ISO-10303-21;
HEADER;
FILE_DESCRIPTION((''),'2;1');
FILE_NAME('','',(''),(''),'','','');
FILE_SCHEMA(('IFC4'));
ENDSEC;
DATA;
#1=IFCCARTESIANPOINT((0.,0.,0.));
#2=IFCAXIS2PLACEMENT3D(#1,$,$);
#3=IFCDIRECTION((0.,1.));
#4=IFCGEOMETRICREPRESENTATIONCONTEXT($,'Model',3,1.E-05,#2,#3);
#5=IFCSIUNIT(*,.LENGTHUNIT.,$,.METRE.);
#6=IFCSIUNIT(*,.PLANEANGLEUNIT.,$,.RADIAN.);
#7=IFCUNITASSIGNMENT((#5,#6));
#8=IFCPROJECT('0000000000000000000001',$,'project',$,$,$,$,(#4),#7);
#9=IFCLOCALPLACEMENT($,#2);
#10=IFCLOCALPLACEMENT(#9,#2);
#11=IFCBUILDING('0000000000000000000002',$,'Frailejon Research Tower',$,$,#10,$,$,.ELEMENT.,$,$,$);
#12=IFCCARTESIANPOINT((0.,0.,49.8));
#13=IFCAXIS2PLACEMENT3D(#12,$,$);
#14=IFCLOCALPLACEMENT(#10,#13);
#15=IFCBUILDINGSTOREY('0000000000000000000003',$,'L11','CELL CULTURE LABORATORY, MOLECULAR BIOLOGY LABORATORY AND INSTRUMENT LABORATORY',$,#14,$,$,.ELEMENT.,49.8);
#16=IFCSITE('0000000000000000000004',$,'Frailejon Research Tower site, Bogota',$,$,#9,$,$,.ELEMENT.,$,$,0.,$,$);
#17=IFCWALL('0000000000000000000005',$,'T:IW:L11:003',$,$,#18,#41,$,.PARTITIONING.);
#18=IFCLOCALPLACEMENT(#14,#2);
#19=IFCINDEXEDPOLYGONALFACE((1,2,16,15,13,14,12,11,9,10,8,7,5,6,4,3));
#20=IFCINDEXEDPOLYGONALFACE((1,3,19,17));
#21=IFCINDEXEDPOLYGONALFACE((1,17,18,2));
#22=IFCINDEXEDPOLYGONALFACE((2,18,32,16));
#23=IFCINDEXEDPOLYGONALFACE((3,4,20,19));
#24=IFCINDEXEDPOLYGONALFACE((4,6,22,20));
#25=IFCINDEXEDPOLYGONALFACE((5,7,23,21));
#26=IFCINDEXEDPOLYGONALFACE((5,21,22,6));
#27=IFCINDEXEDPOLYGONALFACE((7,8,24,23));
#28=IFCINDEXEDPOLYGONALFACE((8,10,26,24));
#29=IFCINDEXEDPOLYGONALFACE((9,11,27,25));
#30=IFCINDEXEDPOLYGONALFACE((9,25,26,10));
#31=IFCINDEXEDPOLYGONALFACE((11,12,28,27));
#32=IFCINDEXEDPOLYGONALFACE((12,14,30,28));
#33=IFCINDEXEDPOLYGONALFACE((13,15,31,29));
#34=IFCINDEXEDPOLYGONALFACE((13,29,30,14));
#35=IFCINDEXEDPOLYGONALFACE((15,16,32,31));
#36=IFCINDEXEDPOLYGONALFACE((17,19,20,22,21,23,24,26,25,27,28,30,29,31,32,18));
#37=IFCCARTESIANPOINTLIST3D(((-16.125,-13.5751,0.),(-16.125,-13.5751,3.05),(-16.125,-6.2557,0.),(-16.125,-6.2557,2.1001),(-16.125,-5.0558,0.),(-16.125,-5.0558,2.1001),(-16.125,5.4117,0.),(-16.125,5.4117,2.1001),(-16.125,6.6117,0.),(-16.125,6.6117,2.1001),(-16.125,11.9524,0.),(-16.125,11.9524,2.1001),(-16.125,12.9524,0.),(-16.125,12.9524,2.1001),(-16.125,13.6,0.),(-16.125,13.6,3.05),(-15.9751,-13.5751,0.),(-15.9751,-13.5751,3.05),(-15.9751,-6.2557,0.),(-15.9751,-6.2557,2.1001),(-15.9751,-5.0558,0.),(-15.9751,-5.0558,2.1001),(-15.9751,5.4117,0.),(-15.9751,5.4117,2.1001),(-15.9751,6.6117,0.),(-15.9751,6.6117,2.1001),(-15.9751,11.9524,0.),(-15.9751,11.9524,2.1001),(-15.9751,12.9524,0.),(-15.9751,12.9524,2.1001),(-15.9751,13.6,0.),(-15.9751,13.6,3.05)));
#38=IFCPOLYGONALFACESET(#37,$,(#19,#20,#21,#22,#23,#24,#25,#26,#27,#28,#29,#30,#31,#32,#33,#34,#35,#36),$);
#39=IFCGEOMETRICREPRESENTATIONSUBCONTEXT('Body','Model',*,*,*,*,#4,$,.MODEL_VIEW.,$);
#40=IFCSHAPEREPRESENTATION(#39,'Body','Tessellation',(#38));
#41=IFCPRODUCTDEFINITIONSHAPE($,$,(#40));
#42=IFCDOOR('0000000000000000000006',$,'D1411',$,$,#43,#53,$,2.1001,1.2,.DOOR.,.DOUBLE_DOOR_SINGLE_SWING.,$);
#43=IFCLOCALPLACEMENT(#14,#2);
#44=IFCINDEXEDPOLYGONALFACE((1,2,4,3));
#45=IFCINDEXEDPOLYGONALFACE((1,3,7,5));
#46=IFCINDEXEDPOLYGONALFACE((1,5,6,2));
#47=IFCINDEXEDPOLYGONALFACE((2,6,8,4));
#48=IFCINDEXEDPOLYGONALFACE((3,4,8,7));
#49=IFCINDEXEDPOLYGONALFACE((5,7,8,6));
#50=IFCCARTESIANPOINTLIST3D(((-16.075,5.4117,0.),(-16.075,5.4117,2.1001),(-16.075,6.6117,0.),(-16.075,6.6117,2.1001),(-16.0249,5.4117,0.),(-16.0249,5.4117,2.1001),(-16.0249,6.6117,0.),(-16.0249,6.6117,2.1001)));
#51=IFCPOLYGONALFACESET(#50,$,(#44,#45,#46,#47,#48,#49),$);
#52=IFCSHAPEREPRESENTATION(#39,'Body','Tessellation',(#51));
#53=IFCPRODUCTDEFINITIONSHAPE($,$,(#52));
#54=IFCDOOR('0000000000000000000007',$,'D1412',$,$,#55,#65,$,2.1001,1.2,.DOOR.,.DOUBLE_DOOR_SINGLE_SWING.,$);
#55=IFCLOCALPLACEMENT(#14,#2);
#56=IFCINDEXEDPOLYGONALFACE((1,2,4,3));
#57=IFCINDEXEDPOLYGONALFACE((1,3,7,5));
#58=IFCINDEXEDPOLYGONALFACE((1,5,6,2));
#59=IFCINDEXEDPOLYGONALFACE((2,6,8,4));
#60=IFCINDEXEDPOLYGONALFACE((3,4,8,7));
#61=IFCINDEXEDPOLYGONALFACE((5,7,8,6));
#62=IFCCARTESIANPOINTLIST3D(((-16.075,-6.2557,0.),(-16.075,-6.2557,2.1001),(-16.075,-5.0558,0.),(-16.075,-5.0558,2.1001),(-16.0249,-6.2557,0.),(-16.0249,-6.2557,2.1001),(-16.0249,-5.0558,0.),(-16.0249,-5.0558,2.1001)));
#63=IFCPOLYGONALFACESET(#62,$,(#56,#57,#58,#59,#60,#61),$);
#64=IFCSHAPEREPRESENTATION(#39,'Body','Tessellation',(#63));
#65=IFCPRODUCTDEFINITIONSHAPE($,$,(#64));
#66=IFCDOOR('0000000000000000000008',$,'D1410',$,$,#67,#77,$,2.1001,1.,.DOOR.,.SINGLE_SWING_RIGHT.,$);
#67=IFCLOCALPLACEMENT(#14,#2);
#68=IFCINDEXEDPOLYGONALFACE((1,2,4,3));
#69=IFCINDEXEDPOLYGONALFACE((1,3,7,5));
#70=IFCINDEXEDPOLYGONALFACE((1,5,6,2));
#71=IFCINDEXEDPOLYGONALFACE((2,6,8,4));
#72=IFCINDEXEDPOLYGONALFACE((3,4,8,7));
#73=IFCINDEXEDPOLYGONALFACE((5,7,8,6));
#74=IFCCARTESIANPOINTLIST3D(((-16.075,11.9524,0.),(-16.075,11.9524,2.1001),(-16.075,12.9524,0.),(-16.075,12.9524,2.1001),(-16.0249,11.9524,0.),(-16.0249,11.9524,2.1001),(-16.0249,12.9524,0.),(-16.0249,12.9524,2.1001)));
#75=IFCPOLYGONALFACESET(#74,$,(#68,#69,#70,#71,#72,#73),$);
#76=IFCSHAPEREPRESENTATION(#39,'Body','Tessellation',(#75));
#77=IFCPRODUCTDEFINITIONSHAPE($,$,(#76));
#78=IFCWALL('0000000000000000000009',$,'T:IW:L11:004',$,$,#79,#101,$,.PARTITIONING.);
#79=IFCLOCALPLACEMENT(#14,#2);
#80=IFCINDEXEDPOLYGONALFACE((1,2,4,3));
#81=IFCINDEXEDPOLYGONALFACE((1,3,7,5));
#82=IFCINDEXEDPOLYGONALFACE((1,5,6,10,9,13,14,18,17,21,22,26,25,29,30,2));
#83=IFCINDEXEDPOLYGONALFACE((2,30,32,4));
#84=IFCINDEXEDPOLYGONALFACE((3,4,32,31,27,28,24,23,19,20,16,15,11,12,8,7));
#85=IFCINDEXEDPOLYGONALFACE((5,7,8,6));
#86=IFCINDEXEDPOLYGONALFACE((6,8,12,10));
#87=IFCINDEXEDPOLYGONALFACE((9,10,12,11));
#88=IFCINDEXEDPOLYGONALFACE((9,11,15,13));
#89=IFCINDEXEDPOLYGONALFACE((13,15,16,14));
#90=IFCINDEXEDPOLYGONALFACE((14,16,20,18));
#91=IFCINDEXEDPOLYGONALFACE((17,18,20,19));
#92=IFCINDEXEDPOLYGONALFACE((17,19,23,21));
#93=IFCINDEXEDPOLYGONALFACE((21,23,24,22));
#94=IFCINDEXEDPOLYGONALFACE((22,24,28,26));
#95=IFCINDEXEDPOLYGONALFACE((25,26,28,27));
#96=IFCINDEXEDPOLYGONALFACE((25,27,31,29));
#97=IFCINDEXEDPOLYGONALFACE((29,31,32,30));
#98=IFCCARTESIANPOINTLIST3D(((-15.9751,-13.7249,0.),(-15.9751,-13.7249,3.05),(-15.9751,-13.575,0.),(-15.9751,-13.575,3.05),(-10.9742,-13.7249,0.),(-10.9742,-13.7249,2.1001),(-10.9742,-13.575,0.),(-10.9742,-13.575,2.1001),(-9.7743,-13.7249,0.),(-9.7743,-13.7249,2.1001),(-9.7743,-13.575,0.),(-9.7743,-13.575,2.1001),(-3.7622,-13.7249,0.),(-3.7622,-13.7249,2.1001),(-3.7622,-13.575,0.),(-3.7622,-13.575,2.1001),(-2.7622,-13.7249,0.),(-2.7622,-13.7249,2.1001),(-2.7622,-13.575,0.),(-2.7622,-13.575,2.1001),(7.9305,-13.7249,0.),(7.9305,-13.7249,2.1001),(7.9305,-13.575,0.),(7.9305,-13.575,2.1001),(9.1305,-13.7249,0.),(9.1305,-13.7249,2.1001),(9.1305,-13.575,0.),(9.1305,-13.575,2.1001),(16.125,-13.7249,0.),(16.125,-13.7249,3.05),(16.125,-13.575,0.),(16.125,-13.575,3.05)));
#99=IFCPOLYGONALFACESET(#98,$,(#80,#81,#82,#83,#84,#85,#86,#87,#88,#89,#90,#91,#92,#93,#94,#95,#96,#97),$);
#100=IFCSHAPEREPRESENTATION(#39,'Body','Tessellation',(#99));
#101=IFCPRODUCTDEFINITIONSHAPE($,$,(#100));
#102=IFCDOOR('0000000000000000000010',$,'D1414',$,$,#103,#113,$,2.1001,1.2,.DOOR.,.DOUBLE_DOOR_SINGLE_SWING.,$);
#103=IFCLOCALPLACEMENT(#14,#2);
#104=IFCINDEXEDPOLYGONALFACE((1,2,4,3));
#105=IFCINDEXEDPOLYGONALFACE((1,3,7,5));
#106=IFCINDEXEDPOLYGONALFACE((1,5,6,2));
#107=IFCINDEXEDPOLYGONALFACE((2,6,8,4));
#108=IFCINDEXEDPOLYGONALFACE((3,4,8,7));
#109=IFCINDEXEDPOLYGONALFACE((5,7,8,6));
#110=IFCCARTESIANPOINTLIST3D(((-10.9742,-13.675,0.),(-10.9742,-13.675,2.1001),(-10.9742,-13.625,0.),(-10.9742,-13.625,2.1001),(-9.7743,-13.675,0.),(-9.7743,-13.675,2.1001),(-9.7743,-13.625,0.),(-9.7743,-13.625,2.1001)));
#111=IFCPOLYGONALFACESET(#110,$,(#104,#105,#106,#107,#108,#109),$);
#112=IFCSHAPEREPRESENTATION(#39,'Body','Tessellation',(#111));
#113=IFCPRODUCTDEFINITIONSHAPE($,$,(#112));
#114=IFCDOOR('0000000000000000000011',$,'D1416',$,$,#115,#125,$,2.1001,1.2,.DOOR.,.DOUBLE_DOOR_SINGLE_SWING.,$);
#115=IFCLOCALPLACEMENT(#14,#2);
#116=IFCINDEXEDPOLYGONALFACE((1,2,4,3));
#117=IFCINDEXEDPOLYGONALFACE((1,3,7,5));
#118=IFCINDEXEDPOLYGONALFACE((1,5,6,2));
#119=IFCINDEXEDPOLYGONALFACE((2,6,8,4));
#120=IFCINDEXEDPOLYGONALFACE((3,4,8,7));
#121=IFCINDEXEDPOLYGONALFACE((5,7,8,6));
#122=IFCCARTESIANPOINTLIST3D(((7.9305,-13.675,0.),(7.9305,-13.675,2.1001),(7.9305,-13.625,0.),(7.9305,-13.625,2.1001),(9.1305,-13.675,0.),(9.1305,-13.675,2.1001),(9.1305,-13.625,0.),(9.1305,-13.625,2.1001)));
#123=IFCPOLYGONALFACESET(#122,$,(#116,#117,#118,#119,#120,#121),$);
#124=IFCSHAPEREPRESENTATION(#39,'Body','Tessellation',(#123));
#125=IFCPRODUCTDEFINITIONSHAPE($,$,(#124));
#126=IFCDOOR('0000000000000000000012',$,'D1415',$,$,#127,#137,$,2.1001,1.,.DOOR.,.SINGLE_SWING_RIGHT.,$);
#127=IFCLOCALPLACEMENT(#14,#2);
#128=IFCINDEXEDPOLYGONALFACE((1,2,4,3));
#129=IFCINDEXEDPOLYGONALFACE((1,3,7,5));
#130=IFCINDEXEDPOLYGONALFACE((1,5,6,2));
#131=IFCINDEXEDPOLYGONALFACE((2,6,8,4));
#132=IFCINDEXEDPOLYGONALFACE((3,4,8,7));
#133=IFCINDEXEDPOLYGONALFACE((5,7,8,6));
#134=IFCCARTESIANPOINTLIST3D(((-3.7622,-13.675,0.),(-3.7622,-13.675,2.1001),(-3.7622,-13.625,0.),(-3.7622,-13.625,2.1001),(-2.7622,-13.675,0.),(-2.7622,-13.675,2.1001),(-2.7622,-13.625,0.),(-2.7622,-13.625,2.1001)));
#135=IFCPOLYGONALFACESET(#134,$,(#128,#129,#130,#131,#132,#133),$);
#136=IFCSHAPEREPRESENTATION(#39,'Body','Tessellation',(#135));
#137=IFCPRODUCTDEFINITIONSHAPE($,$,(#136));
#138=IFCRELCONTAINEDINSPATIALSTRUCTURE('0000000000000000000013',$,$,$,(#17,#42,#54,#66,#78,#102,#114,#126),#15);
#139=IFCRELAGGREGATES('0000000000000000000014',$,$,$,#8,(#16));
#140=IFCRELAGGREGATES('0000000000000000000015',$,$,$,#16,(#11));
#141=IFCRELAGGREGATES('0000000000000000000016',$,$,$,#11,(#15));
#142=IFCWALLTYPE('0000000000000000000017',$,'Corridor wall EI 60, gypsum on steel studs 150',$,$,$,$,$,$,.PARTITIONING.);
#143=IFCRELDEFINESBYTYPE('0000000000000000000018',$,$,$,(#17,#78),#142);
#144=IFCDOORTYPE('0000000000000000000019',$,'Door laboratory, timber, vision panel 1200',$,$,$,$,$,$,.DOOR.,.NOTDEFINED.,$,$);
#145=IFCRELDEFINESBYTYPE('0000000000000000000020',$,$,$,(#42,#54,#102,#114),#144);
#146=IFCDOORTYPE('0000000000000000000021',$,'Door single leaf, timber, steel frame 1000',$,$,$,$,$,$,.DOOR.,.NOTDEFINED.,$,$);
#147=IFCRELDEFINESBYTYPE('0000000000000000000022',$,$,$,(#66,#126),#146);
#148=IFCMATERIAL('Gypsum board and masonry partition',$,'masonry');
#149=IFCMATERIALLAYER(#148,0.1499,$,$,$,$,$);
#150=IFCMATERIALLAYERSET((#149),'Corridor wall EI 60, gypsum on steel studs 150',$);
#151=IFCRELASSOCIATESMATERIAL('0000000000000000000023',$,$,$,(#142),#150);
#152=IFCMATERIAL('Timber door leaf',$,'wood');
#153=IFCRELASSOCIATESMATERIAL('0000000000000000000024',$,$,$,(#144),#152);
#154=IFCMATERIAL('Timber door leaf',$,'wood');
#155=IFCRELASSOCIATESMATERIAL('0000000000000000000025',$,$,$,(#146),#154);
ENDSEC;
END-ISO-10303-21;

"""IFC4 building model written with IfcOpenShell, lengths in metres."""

from ifc_helpers import new_model, si_unit, direction, frame, frame_2d, origin, place, context, subcontext, project, spatial, rectangle, extrude, material, layer, layer_set, type_object, element, fill, save


model = new_model("IFC4")

# Units and contexts
model_context = context("Model", 3, precision=1e-05, world=origin(), true_north=direction((0.0, 1.0)))
body_context = subcontext(model_context, "Body", "Model", "MODEL_VIEW")
ifc_project = project(units=[si_unit("LENGTHUNIT", "METRE"), si_unit("PLANEANGLEUNIT", "RADIAN")], contexts=[model_context])

# Site, building, storey
site_placement = place(None, origin())
site = spatial("IfcSite", under=ifc_project, at=site_placement, Name="Frailejon Research Tower site, Bogota", CompositionType="ELEMENT", RefElevation=0.0)
building_placement = place(site_placement, origin())
building = spatial("IfcBuilding", under=site, at=building_placement, Name="Frailejon Research Tower", CompositionType="ELEMENT")
storey_placement = place(building_placement, frame((0.0, 0.0, 49.8)))
storey = spatial("IfcBuildingStorey", under=building, at=storey_placement, Name="L11", Description="CELL CULTURE LABORATORY, MOLECULAR BIOLOGY LABORATORY AND INSTRUMENT LABORATORY", CompositionType="ELEMENT", Elevation=49.8)

# Walls, openings, doors
ifc_material_1 = material(Name="Gypsum board and masonry partition", Category="masonry")
ifc_layer_1 = layer(ifc_material_1, 0.1499)
ifc_layer_set_1 = layer_set([ifc_layer_1], Name="Corridor wall EI 60, gypsum on steel studs 150")
wall_type_1 = type_object("IfcWallType", Name="Corridor wall EI 60, gypsum on steel studs 150", PredefinedType="PARTITIONING", material=ifc_layer_set_1)
wall_1_placement = place(storey_placement, frame((-16.05, -13.575, 0.0), z_axis=(0.0, 0.0, 1.0), x_axis=(0.0, 1.0, 0.0)))
wall_1 = element("IfcWall", 1, at=wall_1_placement, inside=storey, type_object=wall_type_1, Name="T:IW:L11:003", PredefinedType="PARTITIONING", context=body_context, shape_type="SweptSolid", body=[
    extrude(rectangle(XDim=27.175, YDim=0.1499, at=frame_2d((13.5874, 0.0))), origin(), (0.0, 0.0, 1.0), 3.05),
])
opening_1_placement = place(wall_1_placement, frame((25.5273, 0.0, 0.0)))
opening_1 = element("IfcOpeningElement", 2, at=opening_1_placement, cuts=wall_1, PredefinedType="OPENING", context=body_context, shape_type="SweptSolid", body=[
    extrude(rectangle(XDim=1.0, YDim=2.1001, at=frame_2d((0.5, 1.05))), frame((0.0, 0.085, 0.0), z_axis=(0.0, -1.0, 0.0), x_axis=(1.0, 0.0, 0.0)), (0.0, 0.0, 1.0), 0.1699),
])
opening_2_placement = place(wall_1_placement, frame((18.9866, 0.0, 0.0)))
opening_2 = element("IfcOpeningElement", 3, at=opening_2_placement, cuts=wall_1, PredefinedType="OPENING", context=body_context, shape_type="SweptSolid", body=[
    extrude(rectangle(XDim=1.2, YDim=2.1001, at=frame_2d((0.6001, 1.05))), frame((0.0, 0.085, 0.0), z_axis=(0.0, -1.0, 0.0), x_axis=(1.0, 0.0, 0.0)), (0.0, 0.0, 1.0), 0.1699),
])
opening_3_placement = place(wall_1_placement, frame((7.3191, 0.0, 0.0)))
opening_3 = element("IfcOpeningElement", 4, at=opening_3_placement, cuts=wall_1, PredefinedType="OPENING", context=body_context, shape_type="SweptSolid", body=[
    extrude(rectangle(XDim=1.2, YDim=2.1001, at=frame_2d((0.6001, 1.05))), frame((0.0, 0.085, 0.0), z_axis=(0.0, -1.0, 0.0), x_axis=(1.0, 0.0, 0.0)), (0.0, 0.0, 1.0), 0.1699),
])
ifc_material_2 = material(Name="Timber door leaf", Category="wood")
door_type_1 = type_object("IfcDoorType", Name="Door laboratory, timber, vision panel 1200", OperationType="NOTDEFINED", PredefinedType="DOOR", material=ifc_material_2)
door_1_placement = place(opening_2_placement, origin())
door_1 = element("IfcDoor", 5, at=door_1_placement, inside=storey, type_object=door_type_1, Name="D1411", OperationType="DOUBLE_DOOR_SINGLE_SWING", OverallHeight=2.1001, OverallWidth=1.2, PredefinedType="DOOR", context=body_context, shape_type="SweptSolid", body=[
    extrude(rectangle(XDim=1.2, YDim=2.1001, at=frame_2d((0.6001, 1.05))), frame((0.0, 0.0249, 0.0), z_axis=(0.0, -1.0, 0.0), x_axis=(1.0, 0.0, 0.0)), (0.0, 0.0, 1.0), 0.05),
])
fill(opening_2, door_1)
door_2_placement = place(opening_3_placement, origin())
door_2 = element("IfcDoor", 6, at=door_2_placement, inside=storey, type_object=door_type_1, Name="D1412", OperationType="DOUBLE_DOOR_SINGLE_SWING", OverallHeight=2.1001, OverallWidth=1.2, PredefinedType="DOOR", context=body_context, shape_type="SweptSolid", body=[
    extrude(rectangle(XDim=1.2, YDim=2.1001, at=frame_2d((0.6001, 1.05))), frame((0.0, 0.0249, 0.0), z_axis=(0.0, -1.0, 0.0), x_axis=(1.0, 0.0, 0.0)), (0.0, 0.0, 1.0), 0.05),
])
fill(opening_3, door_2)
ifc_material_3 = material(Name="Timber door leaf", Category="wood")
door_type_2 = type_object("IfcDoorType", Name="Door single leaf, timber, steel frame 1000", OperationType="NOTDEFINED", PredefinedType="DOOR", material=ifc_material_3)
door_3_placement = place(opening_1_placement, origin())
door_3 = element("IfcDoor", 7, at=door_3_placement, inside=storey, type_object=door_type_2, Name="D1410", OperationType="SINGLE_SWING_RIGHT", OverallHeight=2.1001, OverallWidth=1.0, PredefinedType="DOOR", context=body_context, shape_type="SweptSolid", body=[
    extrude(rectangle(XDim=1.0, YDim=2.1001, at=frame_2d((0.5, 1.05))), frame((0.0, 0.0249, 0.0), z_axis=(0.0, -1.0, 0.0), x_axis=(1.0, 0.0, 0.0)), (0.0, 0.0, 1.0), 0.05),
])
fill(opening_1, door_3)
wall_2_placement = place(storey_placement, frame((-15.9751, -13.6499, 0.0), z_axis=(0.0, 0.0, 1.0), x_axis=(1.0, 0.0, 0.0)))
wall_2 = element("IfcWall", 8, at=wall_2_placement, inside=storey, type_object=wall_type_1, Name="T:IW:L11:004", PredefinedType="PARTITIONING", context=body_context, shape_type="SweptSolid", body=[
    extrude(rectangle(XDim=32.1001, YDim=0.1499, at=frame_2d((16.05, 0.0))), origin(), (0.0, 0.0, 1.0), 3.05),
])
opening_4_placement = place(wall_2_placement, frame((5.0007, 0.0, 0.0)))
opening_4 = element("IfcOpeningElement", 9, at=opening_4_placement, cuts=wall_2, PredefinedType="OPENING", context=body_context, shape_type="SweptSolid", body=[
    extrude(rectangle(XDim=1.2, YDim=2.1001, at=frame_2d((0.6001, 1.05))), frame((0.0, 0.085, 0.0), z_axis=(0.0, -1.0, 0.0), x_axis=(1.0, 0.0, 0.0)), (0.0, 0.0, 1.0), 0.1699),
])
opening_5_placement = place(wall_2_placement, frame((12.2129, 0.0, 0.0)))
opening_5 = element("IfcOpeningElement", 10, at=opening_5_placement, cuts=wall_2, PredefinedType="OPENING", context=body_context, shape_type="SweptSolid", body=[
    extrude(rectangle(XDim=1.0, YDim=2.1001, at=frame_2d((0.5, 1.05))), frame((0.0, 0.085, 0.0), z_axis=(0.0, -1.0, 0.0), x_axis=(1.0, 0.0, 0.0)), (0.0, 0.0, 1.0), 0.1699),
])
opening_6_placement = place(wall_2_placement, frame((23.9055, 0.0, 0.0)))
opening_6 = element("IfcOpeningElement", 11, at=opening_6_placement, cuts=wall_2, PredefinedType="OPENING", context=body_context, shape_type="SweptSolid", body=[
    extrude(rectangle(XDim=1.2, YDim=2.1001, at=frame_2d((0.6001, 1.05))), frame((0.0, 0.085, 0.0), z_axis=(0.0, -1.0, 0.0), x_axis=(1.0, 0.0, 0.0)), (0.0, 0.0, 1.0), 0.1699),
])
door_4_placement = place(opening_4_placement, origin())
door_4 = element("IfcDoor", 12, at=door_4_placement, inside=storey, type_object=door_type_1, Name="D1414", OperationType="DOUBLE_DOOR_SINGLE_SWING", OverallHeight=2.1001, OverallWidth=1.2, PredefinedType="DOOR", context=body_context, shape_type="SweptSolid", body=[
    extrude(rectangle(XDim=1.2, YDim=2.1001, at=frame_2d((0.6001, 1.05))), frame((0.0, 0.0249, 0.0), z_axis=(0.0, -1.0, 0.0), x_axis=(1.0, 0.0, 0.0)), (0.0, 0.0, 1.0), 0.05),
])
fill(opening_4, door_4)
door_5_placement = place(opening_6_placement, origin())
door_5 = element("IfcDoor", 13, at=door_5_placement, inside=storey, type_object=door_type_1, Name="D1416", OperationType="DOUBLE_DOOR_SINGLE_SWING", OverallHeight=2.1001, OverallWidth=1.2, PredefinedType="DOOR", context=body_context, shape_type="SweptSolid", body=[
    extrude(rectangle(XDim=1.2, YDim=2.1001, at=frame_2d((0.6001, 1.05))), frame((0.0, 0.0249, 0.0), z_axis=(0.0, -1.0, 0.0), x_axis=(1.0, 0.0, 0.0)), (0.0, 0.0, 1.0), 0.05),
])
fill(opening_6, door_5)
door_6_placement = place(opening_5_placement, origin())
door_6 = element("IfcDoor", 14, at=door_6_placement, inside=storey, type_object=door_type_2, Name="D1415", OperationType="SINGLE_SWING_RIGHT", OverallHeight=2.1001, OverallWidth=1.0, PredefinedType="DOOR", context=body_context, shape_type="SweptSolid", body=[
    extrude(rectangle(XDim=1.0, YDim=2.1001, at=frame_2d((0.5, 1.05))), frame((0.0, 0.0249, 0.0), z_axis=(0.0, -1.0, 0.0), x_axis=(1.0, 0.0, 0.0)), (0.0, 0.0, 1.0), 0.05),
])
fill(opening_5, door_6)

save(model, "model.ifc")
